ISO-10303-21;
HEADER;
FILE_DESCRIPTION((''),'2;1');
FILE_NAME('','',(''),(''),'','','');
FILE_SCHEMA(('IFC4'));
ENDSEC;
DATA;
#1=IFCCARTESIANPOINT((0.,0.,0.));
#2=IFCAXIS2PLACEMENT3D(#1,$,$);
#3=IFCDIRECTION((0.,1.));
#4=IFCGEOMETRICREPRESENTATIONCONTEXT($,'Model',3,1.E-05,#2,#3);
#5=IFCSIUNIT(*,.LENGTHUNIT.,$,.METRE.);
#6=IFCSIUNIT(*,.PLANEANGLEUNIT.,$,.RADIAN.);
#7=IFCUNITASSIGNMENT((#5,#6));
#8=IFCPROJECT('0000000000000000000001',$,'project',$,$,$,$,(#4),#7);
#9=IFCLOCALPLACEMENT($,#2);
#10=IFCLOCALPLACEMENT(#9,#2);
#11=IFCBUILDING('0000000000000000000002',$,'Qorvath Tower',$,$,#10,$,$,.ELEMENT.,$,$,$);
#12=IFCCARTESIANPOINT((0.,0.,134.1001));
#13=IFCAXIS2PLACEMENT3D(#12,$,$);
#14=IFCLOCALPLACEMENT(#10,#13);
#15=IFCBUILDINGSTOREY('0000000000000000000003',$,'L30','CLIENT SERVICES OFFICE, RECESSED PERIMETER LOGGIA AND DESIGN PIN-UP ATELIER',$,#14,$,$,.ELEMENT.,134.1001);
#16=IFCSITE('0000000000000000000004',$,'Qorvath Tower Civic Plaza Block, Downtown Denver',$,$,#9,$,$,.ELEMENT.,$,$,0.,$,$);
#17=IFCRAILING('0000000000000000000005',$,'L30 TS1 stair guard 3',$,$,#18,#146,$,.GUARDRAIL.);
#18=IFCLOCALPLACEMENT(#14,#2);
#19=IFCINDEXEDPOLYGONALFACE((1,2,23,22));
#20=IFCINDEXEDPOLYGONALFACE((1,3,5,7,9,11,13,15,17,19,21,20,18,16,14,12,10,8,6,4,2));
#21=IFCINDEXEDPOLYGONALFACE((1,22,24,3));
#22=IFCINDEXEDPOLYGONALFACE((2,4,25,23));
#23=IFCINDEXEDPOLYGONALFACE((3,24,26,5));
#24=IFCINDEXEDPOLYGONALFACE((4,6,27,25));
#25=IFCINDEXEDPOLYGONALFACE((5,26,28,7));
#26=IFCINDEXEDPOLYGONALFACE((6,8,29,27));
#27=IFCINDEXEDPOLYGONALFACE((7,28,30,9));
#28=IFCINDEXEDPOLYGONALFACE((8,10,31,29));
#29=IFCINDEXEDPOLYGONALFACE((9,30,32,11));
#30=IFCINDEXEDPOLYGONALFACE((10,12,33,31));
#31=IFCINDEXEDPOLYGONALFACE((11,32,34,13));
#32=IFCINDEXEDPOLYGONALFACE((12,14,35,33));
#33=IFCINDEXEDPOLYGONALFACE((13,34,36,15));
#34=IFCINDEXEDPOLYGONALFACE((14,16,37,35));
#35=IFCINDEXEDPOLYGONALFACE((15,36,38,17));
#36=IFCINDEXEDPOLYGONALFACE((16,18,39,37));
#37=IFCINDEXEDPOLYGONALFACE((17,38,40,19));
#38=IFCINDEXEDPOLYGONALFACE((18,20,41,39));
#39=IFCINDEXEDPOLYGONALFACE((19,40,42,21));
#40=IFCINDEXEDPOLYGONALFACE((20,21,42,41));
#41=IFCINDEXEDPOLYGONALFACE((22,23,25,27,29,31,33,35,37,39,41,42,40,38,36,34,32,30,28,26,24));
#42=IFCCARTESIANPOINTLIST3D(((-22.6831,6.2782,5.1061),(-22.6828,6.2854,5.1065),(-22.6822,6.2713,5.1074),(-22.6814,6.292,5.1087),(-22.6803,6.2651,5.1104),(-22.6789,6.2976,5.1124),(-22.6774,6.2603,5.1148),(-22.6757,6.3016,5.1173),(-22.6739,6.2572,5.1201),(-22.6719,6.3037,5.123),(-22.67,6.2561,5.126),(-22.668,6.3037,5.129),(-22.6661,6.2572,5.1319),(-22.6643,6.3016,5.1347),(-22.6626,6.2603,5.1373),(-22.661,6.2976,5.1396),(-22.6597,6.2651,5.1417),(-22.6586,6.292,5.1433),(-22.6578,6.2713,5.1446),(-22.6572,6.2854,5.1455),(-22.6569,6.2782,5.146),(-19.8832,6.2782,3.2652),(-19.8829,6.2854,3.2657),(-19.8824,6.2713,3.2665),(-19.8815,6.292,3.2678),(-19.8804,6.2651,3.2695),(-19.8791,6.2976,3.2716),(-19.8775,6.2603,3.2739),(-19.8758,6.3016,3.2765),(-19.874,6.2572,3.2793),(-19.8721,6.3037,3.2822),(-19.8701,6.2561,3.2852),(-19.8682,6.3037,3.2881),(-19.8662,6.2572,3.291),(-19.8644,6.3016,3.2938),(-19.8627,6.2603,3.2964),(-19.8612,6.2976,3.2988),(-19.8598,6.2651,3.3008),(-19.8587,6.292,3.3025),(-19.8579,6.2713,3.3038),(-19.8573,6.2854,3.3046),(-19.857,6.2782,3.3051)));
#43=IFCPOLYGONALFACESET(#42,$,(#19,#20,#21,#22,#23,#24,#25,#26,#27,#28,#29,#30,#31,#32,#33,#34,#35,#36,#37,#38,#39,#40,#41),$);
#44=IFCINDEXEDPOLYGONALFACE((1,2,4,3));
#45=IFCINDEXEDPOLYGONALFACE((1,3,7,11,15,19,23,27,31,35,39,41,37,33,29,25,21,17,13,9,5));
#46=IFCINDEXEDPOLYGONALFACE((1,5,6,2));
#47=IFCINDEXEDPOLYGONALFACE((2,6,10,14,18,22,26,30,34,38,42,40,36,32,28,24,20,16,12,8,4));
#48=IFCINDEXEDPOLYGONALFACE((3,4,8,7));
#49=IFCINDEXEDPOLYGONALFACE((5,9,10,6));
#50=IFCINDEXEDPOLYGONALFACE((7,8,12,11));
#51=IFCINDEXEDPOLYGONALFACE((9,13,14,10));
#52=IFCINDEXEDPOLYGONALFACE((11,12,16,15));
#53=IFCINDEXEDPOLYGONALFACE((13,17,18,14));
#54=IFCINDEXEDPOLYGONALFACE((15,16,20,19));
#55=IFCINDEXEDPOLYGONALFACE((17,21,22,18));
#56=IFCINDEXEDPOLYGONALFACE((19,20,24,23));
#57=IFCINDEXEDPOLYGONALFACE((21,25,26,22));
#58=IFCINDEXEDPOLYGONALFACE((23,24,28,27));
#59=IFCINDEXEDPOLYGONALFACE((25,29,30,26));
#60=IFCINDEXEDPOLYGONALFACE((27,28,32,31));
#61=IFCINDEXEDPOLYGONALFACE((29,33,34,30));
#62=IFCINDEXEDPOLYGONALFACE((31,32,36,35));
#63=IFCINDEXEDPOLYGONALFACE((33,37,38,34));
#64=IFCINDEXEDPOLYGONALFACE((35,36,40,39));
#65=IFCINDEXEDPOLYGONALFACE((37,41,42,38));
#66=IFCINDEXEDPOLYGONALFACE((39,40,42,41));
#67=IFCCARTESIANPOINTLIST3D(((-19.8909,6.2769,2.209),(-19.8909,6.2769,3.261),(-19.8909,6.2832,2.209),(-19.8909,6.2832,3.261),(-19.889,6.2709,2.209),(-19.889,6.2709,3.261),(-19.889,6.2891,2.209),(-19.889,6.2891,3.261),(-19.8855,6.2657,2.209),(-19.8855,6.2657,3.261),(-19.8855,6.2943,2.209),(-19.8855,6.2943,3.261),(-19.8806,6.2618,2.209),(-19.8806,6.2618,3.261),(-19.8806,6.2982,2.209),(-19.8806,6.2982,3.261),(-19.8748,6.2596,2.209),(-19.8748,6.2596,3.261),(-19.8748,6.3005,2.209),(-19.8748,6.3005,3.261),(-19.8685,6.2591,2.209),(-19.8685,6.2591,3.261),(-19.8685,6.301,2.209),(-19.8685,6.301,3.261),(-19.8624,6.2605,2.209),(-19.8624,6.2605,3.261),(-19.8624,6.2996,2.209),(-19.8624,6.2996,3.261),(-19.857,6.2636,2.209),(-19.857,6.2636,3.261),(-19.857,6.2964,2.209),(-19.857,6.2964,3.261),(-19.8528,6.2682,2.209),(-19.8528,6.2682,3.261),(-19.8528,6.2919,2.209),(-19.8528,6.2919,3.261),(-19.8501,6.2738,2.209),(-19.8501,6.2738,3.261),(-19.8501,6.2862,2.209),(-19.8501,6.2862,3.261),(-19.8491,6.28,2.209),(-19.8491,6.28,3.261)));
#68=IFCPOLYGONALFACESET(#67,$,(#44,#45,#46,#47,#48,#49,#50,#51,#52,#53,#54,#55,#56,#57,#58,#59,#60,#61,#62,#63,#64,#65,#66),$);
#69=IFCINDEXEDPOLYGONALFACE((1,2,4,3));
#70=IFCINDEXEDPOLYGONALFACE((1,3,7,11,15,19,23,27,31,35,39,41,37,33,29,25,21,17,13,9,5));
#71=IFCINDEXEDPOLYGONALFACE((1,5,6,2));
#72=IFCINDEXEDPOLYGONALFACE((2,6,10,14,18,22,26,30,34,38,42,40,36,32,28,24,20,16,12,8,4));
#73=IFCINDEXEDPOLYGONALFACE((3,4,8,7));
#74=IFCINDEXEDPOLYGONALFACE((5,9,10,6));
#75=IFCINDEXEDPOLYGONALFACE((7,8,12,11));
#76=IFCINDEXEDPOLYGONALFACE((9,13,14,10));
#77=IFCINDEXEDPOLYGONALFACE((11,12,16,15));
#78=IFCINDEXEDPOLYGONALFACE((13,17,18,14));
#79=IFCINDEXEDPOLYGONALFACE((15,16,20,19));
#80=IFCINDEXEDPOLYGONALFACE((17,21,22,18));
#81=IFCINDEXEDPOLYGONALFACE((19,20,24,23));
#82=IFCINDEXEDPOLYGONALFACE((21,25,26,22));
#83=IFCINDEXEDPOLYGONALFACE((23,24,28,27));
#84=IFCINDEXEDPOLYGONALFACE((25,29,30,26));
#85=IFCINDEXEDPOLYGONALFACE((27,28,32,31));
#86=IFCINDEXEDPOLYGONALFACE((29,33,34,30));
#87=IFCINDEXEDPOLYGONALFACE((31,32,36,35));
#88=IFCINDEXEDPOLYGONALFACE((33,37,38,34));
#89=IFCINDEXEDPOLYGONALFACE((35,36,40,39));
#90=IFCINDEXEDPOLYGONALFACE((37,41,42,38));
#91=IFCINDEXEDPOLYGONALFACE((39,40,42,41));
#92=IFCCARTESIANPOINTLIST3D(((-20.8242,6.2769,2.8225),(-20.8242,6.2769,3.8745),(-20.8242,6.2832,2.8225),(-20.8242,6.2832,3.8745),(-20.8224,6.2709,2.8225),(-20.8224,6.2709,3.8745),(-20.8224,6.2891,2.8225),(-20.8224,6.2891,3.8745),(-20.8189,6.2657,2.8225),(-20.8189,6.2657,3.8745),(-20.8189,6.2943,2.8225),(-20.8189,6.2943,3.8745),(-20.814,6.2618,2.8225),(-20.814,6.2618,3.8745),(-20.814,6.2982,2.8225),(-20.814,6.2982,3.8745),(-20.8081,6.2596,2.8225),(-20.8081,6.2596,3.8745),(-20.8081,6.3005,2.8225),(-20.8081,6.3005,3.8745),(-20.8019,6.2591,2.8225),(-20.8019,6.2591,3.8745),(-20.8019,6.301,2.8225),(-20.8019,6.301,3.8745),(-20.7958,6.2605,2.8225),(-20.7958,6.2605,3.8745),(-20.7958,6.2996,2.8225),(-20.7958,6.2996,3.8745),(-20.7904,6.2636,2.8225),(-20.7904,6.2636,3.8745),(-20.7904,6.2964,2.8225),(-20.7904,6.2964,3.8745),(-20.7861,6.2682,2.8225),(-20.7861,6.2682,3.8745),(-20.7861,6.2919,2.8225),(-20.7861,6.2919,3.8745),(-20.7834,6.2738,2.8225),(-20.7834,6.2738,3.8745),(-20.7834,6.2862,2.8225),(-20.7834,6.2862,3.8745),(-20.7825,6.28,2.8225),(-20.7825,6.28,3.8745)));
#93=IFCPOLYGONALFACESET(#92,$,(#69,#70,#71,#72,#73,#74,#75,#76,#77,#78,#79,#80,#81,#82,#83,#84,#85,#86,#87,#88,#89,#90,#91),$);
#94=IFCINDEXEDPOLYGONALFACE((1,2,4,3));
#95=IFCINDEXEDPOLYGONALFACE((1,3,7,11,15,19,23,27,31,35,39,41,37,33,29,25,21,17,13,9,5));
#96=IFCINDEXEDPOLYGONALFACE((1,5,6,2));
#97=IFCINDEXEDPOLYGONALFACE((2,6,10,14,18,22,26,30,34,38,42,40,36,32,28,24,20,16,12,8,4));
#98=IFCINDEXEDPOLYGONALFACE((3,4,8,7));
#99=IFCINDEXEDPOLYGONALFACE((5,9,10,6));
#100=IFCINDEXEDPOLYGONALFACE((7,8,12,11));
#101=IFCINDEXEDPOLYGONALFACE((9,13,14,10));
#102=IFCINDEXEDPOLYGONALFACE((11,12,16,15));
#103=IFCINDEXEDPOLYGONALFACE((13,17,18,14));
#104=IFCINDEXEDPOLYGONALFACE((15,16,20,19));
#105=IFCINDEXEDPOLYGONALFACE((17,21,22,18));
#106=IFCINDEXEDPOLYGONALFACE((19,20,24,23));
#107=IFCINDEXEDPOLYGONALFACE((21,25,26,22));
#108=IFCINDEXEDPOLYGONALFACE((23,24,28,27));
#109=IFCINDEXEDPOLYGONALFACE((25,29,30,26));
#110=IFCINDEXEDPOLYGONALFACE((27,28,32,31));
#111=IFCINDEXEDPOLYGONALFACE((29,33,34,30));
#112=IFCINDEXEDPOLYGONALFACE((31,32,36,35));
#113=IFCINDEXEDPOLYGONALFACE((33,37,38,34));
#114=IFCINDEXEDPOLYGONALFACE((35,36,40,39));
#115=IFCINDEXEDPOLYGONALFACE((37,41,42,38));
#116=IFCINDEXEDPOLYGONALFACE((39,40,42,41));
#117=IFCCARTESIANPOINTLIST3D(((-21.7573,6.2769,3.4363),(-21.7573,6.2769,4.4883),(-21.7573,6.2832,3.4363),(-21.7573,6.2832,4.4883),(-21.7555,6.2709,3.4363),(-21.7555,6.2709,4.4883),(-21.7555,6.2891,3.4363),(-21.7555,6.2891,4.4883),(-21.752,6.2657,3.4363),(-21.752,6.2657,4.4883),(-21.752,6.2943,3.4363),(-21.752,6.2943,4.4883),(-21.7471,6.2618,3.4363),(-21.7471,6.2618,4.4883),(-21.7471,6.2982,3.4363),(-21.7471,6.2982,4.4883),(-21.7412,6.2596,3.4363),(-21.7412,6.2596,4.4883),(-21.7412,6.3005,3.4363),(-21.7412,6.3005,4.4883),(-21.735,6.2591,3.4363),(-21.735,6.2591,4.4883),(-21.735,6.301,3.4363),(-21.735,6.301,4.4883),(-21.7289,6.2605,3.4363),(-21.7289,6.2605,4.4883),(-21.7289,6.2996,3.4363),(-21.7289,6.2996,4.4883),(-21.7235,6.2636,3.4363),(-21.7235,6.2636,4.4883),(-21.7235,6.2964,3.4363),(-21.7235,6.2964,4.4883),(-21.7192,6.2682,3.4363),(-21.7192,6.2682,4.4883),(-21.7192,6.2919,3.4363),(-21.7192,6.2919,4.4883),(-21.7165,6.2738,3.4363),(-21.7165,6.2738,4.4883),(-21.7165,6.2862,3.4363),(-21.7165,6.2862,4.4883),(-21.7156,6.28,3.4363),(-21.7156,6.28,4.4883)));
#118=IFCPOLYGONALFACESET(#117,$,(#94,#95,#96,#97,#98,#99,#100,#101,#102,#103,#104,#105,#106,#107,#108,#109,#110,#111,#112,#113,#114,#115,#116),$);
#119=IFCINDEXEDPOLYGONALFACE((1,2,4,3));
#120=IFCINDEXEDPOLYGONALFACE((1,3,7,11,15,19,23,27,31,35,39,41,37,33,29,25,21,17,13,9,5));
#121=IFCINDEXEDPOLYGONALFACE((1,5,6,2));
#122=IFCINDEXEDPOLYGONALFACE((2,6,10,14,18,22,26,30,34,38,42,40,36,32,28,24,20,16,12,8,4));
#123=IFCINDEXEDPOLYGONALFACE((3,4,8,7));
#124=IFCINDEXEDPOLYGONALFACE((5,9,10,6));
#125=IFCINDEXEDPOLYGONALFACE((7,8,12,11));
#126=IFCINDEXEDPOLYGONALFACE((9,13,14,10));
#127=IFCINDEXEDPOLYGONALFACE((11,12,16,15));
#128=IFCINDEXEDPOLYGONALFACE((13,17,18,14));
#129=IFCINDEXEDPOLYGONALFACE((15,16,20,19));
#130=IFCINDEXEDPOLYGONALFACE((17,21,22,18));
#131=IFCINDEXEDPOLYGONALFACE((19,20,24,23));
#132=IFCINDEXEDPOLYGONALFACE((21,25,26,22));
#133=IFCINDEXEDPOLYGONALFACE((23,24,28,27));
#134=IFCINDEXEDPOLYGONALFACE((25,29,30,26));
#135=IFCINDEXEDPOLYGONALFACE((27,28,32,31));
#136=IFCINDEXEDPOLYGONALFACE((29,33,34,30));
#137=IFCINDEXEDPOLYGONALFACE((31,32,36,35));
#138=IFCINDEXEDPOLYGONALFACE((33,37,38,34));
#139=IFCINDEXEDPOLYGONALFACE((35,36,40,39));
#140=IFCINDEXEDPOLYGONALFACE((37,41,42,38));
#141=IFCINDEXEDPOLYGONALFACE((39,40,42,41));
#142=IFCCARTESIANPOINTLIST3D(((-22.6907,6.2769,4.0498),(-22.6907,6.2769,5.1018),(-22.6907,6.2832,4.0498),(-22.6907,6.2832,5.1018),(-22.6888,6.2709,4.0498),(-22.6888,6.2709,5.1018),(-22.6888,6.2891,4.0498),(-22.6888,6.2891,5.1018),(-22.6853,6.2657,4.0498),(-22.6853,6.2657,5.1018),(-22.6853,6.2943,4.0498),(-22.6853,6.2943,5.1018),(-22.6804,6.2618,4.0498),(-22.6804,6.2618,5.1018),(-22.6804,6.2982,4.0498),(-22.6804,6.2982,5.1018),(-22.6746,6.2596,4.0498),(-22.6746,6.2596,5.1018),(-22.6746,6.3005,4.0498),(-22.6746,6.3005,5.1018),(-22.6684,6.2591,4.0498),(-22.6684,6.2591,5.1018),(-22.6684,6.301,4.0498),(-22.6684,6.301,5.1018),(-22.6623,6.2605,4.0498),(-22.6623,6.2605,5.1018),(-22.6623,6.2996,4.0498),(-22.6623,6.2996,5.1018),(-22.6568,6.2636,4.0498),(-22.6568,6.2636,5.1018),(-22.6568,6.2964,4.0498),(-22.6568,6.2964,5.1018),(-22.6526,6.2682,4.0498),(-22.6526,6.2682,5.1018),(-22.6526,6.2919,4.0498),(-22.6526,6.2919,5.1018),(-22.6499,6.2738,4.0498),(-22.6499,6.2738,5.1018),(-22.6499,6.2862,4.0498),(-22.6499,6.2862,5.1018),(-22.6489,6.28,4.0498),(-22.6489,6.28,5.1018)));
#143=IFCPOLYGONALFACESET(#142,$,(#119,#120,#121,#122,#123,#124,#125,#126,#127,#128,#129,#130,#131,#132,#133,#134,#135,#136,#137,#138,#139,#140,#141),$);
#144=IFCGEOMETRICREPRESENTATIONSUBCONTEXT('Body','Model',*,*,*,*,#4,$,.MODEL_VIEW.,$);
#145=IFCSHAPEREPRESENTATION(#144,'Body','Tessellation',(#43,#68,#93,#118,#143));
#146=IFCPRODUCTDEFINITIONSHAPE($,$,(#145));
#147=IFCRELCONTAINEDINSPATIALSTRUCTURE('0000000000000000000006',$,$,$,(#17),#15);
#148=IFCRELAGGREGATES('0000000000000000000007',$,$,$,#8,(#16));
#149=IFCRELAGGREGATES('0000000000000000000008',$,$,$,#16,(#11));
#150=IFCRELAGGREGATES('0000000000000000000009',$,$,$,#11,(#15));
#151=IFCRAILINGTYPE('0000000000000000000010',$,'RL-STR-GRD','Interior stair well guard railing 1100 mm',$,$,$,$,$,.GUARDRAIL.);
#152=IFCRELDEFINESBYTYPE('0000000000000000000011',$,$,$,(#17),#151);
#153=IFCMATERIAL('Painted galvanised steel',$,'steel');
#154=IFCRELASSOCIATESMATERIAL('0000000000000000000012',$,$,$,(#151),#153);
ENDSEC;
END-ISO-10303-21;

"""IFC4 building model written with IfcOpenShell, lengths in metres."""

from ifc_helpers import new_model, si_unit, direction, frame, origin, origin_2d, place, context, subcontext, project, spatial, circle, extrude, material, type_object, element, save


model = new_model("IFC4")

# Units and contexts
model_context = context("Model", 3, precision=1e-05, world=origin(), true_north=direction((0.0, 1.0)))
body_context = subcontext(model_context, "Body", "Model", "MODEL_VIEW")
ifc_project = project(units=[si_unit("LENGTHUNIT", "METRE"), si_unit("PLANEANGLEUNIT", "RADIAN")], contexts=[model_context])

# Site, building, storey
site_placement = place(None, origin())
site = spatial("IfcSite", under=ifc_project, at=site_placement, Name="Qorvath Tower Civic Plaza Block, Downtown Denver", CompositionType="ELEMENT", RefElevation=0.0)
building_placement = place(site_placement, origin())
building = spatial("IfcBuilding", under=site, at=building_placement, Name="Qorvath Tower", CompositionType="ELEMENT")
storey_placement = place(building_placement, frame((0.0, 0.0, 134.1001)))
storey = spatial("IfcBuildingStorey", under=building, at=storey_placement, Name="L30", Description="CLIENT SERVICES OFFICE, RECESSED PERIMETER LOGGIA AND DESIGN PIN-UP ATELIER", CompositionType="ELEMENT", Elevation=134.1001)

# Railing
ifc_material_1 = material(Name="Painted galvanised steel", Category="steel")
railing_type_1 = type_object("IfcRailingType", Name="RL-STR-GRD", Description="Interior stair well guard railing 1100 mm", PredefinedType="GUARDRAIL", material=ifc_material_1)
railing_1_placement = place(storey_placement, frame((-19.8701, 6.28, 2.209)))
element("IfcRailing", 1, at=railing_1_placement, inside=storey, type_object=railing_type_1, Name="L30 TS1 stair guard 3", PredefinedType="GUARDRAIL", context=body_context, shape_type="SweptSolid", body=[
    extrude(circle(Radius=0.0239, at=origin_2d()), frame((0.0, 0.0, 1.0762), z_axis=(-0.835576, 0.0, 0.549376), x_axis=(0.0, -1.0, 0.0)), (0.0, 0.0, 1.0), 3.3508),
    extrude(circle(Radius=0.021, at=origin_2d()), origin(), (0.0, 0.0, 1.0), 1.052),
    extrude(circle(Radius=0.021, at=origin_2d()), frame((-0.9333, 0.0, 0.6135)), (0.0, 0.0, 1.0), 1.052),
    extrude(circle(Radius=0.021, at=origin_2d()), frame((-1.8665, 0.0, 1.2273)), (0.0, 0.0, 1.0), 1.052),
    extrude(circle(Radius=0.021, at=origin_2d()), frame((-2.7998, 0.0, 1.8408)), (0.0, 0.0, 1.0), 1.052),
])

save(model, "model.ifc")
